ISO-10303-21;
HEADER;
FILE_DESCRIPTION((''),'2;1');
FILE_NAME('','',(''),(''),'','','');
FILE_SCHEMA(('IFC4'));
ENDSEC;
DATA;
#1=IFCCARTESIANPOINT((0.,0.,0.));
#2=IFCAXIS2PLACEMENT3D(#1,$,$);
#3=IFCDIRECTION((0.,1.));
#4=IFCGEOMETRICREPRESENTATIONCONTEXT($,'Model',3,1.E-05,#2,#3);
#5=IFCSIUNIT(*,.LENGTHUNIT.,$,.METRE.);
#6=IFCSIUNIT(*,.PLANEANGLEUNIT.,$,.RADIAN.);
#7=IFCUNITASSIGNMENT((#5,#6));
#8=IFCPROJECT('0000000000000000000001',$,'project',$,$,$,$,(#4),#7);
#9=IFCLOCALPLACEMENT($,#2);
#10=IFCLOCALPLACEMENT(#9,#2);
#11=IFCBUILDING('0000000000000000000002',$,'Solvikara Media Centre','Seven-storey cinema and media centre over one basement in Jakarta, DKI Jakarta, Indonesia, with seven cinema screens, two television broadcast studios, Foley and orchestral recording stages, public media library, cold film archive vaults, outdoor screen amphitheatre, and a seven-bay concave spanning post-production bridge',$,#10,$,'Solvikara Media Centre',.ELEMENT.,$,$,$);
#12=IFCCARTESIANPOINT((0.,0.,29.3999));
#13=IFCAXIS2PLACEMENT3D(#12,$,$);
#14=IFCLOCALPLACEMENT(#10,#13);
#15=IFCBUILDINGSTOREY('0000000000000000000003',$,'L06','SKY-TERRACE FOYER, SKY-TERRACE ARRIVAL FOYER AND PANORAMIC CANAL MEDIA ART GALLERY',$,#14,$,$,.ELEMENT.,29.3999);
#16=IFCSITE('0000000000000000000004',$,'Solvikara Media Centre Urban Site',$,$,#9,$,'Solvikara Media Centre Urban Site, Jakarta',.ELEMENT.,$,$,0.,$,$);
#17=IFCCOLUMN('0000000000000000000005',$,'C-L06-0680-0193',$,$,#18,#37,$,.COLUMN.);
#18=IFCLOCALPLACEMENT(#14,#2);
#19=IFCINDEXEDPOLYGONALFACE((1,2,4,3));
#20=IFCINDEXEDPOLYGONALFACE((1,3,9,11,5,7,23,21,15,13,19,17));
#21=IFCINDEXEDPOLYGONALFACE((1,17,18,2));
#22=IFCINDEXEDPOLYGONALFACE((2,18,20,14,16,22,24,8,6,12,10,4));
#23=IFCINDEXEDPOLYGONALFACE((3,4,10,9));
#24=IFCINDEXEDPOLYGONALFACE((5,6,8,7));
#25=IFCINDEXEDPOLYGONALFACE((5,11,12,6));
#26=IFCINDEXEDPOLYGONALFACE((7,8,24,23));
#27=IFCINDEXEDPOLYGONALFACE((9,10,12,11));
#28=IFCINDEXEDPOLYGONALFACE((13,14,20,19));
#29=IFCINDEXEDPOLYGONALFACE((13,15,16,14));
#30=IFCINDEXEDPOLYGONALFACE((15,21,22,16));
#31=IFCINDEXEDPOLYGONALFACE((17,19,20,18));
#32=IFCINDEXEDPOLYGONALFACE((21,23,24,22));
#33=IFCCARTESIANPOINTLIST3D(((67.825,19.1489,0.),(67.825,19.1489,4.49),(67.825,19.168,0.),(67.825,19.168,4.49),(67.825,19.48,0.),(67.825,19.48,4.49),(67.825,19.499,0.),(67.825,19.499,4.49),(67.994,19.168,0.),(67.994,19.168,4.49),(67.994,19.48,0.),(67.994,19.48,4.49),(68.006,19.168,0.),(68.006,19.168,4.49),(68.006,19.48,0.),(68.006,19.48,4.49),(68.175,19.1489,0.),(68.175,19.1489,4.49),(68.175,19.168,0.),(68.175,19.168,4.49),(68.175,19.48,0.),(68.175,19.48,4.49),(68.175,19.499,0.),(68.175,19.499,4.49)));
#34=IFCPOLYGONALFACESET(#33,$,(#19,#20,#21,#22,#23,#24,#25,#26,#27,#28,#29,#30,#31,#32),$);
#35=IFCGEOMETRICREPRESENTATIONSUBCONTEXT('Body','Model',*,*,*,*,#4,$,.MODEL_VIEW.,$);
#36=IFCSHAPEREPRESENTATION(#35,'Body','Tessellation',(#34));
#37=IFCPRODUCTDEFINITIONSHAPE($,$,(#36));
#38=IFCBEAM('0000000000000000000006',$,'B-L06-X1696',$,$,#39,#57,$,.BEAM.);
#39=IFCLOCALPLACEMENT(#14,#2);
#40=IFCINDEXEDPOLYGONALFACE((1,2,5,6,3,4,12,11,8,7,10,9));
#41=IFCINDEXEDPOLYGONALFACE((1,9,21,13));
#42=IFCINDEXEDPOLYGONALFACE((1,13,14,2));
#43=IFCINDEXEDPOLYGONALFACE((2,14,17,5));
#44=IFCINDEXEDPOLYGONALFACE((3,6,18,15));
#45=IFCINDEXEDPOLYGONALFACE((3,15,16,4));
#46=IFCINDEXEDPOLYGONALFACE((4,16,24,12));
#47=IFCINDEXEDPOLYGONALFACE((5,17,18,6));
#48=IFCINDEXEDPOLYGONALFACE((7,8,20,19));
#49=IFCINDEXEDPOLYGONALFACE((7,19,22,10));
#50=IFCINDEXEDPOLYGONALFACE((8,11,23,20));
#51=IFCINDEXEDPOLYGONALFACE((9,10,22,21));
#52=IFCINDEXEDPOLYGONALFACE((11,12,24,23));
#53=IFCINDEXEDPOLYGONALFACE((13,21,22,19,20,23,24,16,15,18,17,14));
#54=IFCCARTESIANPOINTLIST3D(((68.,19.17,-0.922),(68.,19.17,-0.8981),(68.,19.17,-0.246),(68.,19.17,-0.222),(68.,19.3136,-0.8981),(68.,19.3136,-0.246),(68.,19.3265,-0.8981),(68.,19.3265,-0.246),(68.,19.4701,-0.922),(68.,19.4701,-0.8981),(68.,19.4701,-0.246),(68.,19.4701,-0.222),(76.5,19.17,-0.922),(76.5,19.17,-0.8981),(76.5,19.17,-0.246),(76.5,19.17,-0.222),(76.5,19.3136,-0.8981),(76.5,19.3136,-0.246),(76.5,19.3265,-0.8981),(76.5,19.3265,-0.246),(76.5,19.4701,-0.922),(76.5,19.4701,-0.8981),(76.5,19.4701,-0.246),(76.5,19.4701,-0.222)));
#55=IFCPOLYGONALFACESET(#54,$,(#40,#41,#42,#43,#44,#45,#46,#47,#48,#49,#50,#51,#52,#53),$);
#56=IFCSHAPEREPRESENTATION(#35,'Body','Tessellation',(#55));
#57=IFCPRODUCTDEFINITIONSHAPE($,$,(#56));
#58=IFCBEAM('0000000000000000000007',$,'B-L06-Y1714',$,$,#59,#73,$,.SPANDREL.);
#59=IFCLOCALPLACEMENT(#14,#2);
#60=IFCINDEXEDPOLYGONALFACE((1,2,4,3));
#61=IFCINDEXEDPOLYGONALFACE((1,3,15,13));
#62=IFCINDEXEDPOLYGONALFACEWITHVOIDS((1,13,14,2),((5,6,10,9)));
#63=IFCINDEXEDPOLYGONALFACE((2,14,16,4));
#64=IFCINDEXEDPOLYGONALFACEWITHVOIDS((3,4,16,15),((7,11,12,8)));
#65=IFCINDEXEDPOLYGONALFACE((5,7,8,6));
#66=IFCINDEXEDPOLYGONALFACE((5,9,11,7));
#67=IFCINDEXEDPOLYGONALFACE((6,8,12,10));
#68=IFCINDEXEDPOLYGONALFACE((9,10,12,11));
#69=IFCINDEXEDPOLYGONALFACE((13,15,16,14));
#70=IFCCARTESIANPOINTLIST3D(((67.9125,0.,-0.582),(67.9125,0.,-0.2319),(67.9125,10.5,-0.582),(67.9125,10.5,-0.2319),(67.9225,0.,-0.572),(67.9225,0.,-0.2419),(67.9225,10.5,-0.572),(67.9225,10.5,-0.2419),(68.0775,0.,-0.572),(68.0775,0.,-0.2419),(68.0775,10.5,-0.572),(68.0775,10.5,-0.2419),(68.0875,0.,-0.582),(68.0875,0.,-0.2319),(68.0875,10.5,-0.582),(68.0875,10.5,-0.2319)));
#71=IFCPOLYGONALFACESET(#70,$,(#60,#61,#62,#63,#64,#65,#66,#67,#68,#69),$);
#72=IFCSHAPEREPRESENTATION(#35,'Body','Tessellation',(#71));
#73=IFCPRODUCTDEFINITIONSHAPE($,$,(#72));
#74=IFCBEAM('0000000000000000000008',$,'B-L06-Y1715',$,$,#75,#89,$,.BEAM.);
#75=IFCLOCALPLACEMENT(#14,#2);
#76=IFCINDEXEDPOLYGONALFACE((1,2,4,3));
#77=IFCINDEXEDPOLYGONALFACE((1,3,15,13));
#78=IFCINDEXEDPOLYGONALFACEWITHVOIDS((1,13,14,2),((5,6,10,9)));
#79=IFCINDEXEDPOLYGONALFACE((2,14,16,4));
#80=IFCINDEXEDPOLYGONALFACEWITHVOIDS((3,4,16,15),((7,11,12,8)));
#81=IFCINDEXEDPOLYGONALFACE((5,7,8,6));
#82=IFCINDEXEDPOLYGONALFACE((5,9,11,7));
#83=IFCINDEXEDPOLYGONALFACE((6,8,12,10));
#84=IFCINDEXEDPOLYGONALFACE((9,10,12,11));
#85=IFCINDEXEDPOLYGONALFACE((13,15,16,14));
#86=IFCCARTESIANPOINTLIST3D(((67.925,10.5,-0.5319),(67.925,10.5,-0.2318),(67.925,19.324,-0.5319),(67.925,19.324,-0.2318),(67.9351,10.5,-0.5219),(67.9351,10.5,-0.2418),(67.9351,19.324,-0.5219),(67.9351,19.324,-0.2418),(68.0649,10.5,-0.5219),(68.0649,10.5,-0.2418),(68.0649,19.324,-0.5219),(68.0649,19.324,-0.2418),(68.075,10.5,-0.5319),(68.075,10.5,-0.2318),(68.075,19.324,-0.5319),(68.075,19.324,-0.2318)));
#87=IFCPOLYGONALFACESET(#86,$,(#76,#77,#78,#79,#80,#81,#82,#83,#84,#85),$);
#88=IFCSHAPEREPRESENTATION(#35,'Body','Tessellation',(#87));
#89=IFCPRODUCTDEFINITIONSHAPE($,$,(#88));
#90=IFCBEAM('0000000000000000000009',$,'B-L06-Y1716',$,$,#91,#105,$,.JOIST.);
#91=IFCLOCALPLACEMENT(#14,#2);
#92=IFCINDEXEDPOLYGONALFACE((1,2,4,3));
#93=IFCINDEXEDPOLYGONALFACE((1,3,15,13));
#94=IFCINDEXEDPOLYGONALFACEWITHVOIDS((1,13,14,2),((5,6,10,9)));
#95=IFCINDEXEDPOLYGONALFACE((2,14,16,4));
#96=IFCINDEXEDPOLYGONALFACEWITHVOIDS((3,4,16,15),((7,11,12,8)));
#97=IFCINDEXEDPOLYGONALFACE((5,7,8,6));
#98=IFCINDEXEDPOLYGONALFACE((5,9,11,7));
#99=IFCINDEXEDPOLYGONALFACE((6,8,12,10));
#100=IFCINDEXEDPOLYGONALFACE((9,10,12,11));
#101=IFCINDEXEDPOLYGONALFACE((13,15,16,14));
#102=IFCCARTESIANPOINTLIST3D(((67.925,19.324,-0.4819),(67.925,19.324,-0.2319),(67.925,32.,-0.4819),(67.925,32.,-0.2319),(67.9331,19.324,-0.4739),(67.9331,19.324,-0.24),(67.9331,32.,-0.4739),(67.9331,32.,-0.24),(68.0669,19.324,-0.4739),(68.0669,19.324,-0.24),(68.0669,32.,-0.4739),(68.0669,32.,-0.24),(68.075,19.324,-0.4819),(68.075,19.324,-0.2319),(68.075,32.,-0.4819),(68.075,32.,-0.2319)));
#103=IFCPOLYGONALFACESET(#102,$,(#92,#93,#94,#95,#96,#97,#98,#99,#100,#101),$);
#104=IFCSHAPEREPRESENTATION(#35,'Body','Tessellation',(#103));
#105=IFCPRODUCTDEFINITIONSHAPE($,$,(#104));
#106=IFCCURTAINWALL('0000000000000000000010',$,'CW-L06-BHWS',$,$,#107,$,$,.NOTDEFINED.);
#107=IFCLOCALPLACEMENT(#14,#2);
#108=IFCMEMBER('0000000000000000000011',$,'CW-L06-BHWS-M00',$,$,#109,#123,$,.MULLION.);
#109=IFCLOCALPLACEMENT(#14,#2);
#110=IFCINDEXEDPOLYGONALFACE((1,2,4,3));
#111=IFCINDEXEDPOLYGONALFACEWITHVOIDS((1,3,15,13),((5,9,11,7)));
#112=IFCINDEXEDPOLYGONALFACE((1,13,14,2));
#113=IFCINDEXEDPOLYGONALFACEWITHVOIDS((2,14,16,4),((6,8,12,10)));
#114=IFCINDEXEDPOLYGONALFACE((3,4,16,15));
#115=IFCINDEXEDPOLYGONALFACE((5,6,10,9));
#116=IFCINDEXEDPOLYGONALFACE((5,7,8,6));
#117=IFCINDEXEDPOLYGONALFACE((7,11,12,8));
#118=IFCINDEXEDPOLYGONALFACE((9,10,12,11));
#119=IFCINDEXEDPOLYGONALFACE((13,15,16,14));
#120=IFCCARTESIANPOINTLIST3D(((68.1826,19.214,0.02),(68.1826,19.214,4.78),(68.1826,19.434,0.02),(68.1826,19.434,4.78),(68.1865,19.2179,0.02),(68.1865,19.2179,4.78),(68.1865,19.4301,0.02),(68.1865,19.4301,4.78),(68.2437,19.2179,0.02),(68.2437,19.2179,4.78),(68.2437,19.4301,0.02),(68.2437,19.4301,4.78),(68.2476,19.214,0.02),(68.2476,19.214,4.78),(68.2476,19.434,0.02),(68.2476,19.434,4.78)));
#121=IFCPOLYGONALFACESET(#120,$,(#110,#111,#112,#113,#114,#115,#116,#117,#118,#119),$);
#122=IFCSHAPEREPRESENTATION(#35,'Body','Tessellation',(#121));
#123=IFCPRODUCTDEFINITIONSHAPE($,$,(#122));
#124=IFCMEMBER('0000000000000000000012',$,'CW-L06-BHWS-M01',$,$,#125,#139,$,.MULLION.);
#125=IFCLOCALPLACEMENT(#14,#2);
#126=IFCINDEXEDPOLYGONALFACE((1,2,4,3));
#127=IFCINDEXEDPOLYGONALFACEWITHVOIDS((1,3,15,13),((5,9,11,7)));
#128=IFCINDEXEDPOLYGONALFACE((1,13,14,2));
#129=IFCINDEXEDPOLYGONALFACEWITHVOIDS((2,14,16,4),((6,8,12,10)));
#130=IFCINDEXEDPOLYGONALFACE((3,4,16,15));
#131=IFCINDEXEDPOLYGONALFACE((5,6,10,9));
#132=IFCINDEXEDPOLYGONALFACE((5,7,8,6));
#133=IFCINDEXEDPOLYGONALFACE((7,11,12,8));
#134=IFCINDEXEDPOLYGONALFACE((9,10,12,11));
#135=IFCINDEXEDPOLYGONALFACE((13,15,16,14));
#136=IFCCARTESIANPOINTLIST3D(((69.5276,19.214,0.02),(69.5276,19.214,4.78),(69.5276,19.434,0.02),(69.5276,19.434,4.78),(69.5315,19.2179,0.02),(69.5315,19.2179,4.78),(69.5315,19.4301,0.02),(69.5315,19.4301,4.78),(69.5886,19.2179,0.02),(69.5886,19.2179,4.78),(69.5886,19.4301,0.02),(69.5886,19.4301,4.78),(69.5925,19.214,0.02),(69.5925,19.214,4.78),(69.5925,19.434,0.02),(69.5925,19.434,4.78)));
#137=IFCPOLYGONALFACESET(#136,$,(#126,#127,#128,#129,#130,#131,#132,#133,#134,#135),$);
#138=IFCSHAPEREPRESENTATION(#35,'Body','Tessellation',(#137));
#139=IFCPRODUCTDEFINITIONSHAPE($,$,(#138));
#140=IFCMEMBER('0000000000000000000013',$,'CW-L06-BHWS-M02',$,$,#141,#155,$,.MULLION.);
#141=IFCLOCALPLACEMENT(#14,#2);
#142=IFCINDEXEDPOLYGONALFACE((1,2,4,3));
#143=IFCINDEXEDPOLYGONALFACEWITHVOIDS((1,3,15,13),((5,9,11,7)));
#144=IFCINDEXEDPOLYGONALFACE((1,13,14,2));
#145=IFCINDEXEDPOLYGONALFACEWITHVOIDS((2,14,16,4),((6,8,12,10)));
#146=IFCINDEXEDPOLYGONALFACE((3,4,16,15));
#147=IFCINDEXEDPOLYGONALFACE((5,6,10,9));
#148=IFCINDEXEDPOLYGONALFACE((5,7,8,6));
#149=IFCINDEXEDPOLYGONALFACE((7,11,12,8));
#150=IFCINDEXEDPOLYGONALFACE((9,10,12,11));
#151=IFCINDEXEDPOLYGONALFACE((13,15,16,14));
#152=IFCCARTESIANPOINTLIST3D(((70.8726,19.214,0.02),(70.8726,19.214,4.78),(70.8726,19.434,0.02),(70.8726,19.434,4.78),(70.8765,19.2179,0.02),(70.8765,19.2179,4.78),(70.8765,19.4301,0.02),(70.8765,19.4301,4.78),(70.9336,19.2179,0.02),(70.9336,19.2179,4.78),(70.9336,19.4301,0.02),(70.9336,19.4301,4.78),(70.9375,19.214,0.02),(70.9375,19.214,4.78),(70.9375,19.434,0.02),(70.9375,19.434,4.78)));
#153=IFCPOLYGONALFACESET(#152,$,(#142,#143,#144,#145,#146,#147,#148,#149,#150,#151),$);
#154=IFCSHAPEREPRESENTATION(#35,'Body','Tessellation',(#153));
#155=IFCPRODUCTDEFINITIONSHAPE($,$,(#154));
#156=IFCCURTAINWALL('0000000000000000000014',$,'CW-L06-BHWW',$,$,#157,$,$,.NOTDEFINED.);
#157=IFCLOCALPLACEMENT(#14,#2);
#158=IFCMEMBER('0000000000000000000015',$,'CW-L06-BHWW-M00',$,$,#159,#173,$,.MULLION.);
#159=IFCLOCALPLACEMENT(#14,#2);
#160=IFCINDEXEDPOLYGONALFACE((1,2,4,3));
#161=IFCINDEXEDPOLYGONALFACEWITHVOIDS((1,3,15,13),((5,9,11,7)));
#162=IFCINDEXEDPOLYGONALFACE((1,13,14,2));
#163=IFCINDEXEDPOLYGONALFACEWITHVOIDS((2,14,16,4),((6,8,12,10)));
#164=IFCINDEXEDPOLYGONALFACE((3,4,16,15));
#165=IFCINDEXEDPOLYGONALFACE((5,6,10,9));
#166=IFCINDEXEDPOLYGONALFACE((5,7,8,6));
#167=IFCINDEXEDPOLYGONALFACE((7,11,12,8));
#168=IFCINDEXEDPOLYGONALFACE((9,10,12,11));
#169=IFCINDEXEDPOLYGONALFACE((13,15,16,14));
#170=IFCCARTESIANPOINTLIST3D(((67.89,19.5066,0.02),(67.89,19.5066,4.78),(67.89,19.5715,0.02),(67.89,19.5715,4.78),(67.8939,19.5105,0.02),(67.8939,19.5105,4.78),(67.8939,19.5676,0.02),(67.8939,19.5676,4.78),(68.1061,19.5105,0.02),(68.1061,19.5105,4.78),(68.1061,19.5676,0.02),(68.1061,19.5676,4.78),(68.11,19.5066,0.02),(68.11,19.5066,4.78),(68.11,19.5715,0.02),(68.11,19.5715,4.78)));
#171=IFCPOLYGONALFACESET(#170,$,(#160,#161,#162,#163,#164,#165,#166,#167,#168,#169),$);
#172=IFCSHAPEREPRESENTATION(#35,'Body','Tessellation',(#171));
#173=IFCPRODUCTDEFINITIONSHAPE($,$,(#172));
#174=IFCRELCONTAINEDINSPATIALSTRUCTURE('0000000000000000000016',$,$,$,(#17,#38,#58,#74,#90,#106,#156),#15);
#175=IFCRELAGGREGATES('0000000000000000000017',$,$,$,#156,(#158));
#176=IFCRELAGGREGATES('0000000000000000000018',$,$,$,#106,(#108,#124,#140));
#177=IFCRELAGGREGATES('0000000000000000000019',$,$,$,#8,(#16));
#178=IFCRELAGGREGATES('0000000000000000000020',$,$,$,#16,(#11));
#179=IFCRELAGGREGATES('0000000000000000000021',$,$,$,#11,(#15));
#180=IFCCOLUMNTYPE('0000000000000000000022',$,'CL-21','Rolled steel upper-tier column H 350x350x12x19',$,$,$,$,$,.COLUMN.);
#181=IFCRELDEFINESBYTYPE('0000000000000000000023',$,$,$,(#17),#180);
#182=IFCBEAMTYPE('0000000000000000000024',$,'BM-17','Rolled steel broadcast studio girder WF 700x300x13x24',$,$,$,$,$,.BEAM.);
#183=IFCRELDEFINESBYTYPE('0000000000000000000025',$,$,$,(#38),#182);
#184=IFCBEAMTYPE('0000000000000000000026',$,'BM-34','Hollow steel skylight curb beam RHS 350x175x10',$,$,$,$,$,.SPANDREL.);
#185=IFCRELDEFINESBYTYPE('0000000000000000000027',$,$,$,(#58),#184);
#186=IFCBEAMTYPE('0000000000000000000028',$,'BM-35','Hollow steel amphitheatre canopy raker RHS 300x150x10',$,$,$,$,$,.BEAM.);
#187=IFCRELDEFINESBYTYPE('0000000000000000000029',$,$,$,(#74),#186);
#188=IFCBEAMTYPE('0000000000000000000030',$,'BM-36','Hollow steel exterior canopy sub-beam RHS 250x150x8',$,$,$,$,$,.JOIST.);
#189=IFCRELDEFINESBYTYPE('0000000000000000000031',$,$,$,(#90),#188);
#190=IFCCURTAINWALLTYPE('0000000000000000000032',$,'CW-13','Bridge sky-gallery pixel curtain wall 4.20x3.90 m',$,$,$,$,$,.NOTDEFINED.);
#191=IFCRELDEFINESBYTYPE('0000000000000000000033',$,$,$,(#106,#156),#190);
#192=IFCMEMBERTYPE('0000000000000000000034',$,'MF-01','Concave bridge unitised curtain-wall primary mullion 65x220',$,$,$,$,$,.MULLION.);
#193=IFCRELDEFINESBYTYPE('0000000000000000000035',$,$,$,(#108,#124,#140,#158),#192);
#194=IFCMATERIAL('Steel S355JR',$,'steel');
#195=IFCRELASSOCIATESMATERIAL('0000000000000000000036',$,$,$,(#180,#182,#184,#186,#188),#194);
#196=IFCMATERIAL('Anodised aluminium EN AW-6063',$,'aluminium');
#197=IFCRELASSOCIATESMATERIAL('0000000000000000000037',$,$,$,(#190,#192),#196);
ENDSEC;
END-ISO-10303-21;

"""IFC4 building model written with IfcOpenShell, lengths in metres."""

from ifc_helpers import new_model, si_unit, direction, frame, origin, origin_2d, place, context, subcontext, project, spatial, hollow_rectangle, i_section, extrude, material, material_profile, profile_set, type_object, element, aggregate, save


model = new_model("IFC4")

# Units and contexts
model_context = context("Model", 3, precision=1e-05, world=origin(), true_north=direction((0.0, 1.0)))
body_context = subcontext(model_context, "Body", "Model", "MODEL_VIEW")
ifc_project = project(units=[si_unit("LENGTHUNIT", "METRE"), si_unit("PLANEANGLEUNIT", "RADIAN")], contexts=[model_context])

# Site, building, storey
site_placement = place(None, origin())
site = spatial("IfcSite", under=ifc_project, at=site_placement, Name="Solvikara Media Centre Urban Site", LongName="Solvikara Media Centre Urban Site, Jakarta", CompositionType="ELEMENT", RefElevation=0.0)
building_placement = place(site_placement, origin())
building = spatial("IfcBuilding", under=site, at=building_placement, Name="Solvikara Media Centre", Description="Seven-storey cinema and media centre over one basement in Jakarta, DKI Jakarta, Indonesia, with seven cinema screens, two television broadcast studios, Foley and orchestral recording stages, public media library, cold film archive vaults, outdoor screen amphitheatre, and a seven-bay concave spanning post-production bridge", LongName="Solvikara Media Centre", CompositionType="ELEMENT")
storey_placement = place(building_placement, frame((0.0, 0.0, 29.3999)))
storey = spatial("IfcBuildingStorey", under=building, at=storey_placement, Name="L06", Description="SKY-TERRACE FOYER, SKY-TERRACE ARRIVAL FOYER AND PANORAMIC CANAL MEDIA ART GALLERY", CompositionType="ELEMENT", Elevation=29.3999)

# Column
ifc_material_1 = material(Name="Steel S355JR", Category="steel")
ifc_material_profile_1 = material_profile(ifc_material_1, i_section(OverallWidth=0.3501, OverallDepth=0.3501, WebThickness=0.012, FlangeThickness=0.019, at=origin_2d()), Name="H 350x350x12x19")
ifc_profile_set_1 = profile_set([ifc_material_profile_1], Name="Steel S355JR")
column_type = type_object("IfcColumnType", Name="CL-21", Description="Rolled steel upper-tier column H 350x350x12x19", PredefinedType="COLUMN", material=ifc_profile_set_1)
column_placement = place(storey_placement, frame((68.0, 19.324, 0.0), z_axis=(0.0, 0.0, 1.0), x_axis=(1.0, 0.0, 0.0)))
element("IfcColumn", 1, at=column_placement, inside=storey, type_object=column_type, Name="C-L06-0680-0193", PredefinedType="COLUMN", context=body_context, shape_type="SweptSolid", body=[
    extrude(i_section(OverallWidth=0.3501, OverallDepth=0.3501, WebThickness=0.012, FlangeThickness=0.019, at=origin_2d()), origin(), (0.0, 0.0, 1.0), 4.49),
])

# Beams
ifc_material_profile_2 = material_profile(ifc_material_1, i_section(OverallWidth=0.3, OverallDepth=0.7, WebThickness=0.0129, FlangeThickness=0.0239, at=origin_2d()), Name="WF 700x300x13x24")
ifc_profile_set_2 = profile_set([ifc_material_profile_2], Name="Steel S355JR")
beam_type_1 = type_object("IfcBeamType", Name="BM-17", Description="Rolled steel broadcast studio girder WF 700x300x13x24", PredefinedType="BEAM", material=ifc_profile_set_2)
beam_1_placement = place(storey_placement, frame((68.0, 19.3201, -0.572), z_axis=(1.0, 0.0, 0.0), x_axis=(0.0, 1.0, 0.0)))
element("IfcBeam", 2, at=beam_1_placement, inside=storey, type_object=beam_type_1, Name="B-L06-X1696", PredefinedType="BEAM", context=body_context, shape_type="SweptSolid", body=[
    extrude(i_section(OverallWidth=0.3, OverallDepth=0.7, WebThickness=0.0129, FlangeThickness=0.0239, at=origin_2d()), origin(), (0.0, 0.0, 1.0), 8.5),
])
ifc_material_profile_3 = material_profile(ifc_material_1, hollow_rectangle(XDim=0.175, YDim=0.3501, WallThickness=0.01, at=origin_2d()), Name="RHS 350x175x10")
ifc_profile_set_3 = profile_set([ifc_material_profile_3], Name="Steel S355JR")
beam_type_2 = type_object("IfcBeamType", Name="BM-34", Description="Hollow steel skylight curb beam RHS 350x175x10", PredefinedType="SPANDREL", material=ifc_profile_set_3)
beam_2_placement = place(storey_placement, frame((68.0, 0.0, -0.407), z_axis=(0.0, 1.0, 0.0), x_axis=(-1.0, 0.0, 0.0)))
element("IfcBeam", 3, at=beam_2_placement, inside=storey, type_object=beam_type_2, Name="B-L06-Y1714", PredefinedType="SPANDREL", context=body_context, shape_type="SweptSolid", body=[
    extrude(hollow_rectangle(XDim=0.175, YDim=0.3501, WallThickness=0.01, at=origin_2d()), origin(), (0.0, 0.0, 1.0), 10.5),
])
ifc_material_profile_4 = material_profile(ifc_material_1, hollow_rectangle(XDim=0.1499, YDim=0.3, WallThickness=0.01, at=origin_2d()), Name="RHS 300x150x10")
ifc_profile_set_4 = profile_set([ifc_material_profile_4], Name="Steel S355JR")
beam_type_3 = type_object("IfcBeamType", Name="BM-35", Description="Hollow steel amphitheatre canopy raker RHS 300x150x10", PredefinedType="BEAM", material=ifc_profile_set_4)
beam_3_placement = place(storey_placement, frame((68.0, 10.5, -0.3818), z_axis=(0.0, 1.0, 0.0), x_axis=(-1.0, 0.0, 0.0)))
element("IfcBeam", 4, at=beam_3_placement, inside=storey, type_object=beam_type_3, Name="B-L06-Y1715", PredefinedType="BEAM", context=body_context, shape_type="SweptSolid", body=[
    extrude(hollow_rectangle(XDim=0.1499, YDim=0.3, WallThickness=0.01, at=origin_2d()), origin(), (0.0, 0.0, 1.0), 8.824),
])
ifc_material_profile_5 = material_profile(ifc_material_1, hollow_rectangle(XDim=0.1499, YDim=0.25, WallThickness=0.0081, at=origin_2d()), Name="RHS 250x150x8")
ifc_profile_set_5 = profile_set([ifc_material_profile_5], Name="Steel S355JR")
beam_type_4 = type_object("IfcBeamType", Name="BM-36", Description="Hollow steel exterior canopy sub-beam RHS 250x150x8", PredefinedType="JOIST", material=ifc_profile_set_5)
beam_4_placement = place(storey_placement, frame((68.0, 19.324, -0.3569), z_axis=(0.0, 1.0, 0.0), x_axis=(-1.0, 0.0, 0.0)))
element("IfcBeam", 5, at=beam_4_placement, inside=storey, type_object=beam_type_4, Name="B-L06-Y1716", PredefinedType="JOIST", context=body_context, shape_type="SweptSolid", body=[
    extrude(hollow_rectangle(XDim=0.1499, YDim=0.25, WallThickness=0.0081, at=origin_2d()), origin(), (0.0, 0.0, 1.0), 12.676),
])

# Curtain wall, members
ifc_material_2 = material(Name="Anodised aluminium EN AW-6063", Category="aluminium")
curtain_wall_type = type_object("IfcCurtainWallType", Name="CW-13", Description="Bridge sky-gallery pixel curtain wall 4.20x3.90 m", PredefinedType="NOTDEFINED", material=ifc_material_2)
curtain_wall_1_placement = place(storey_placement, origin())
curtain_wall_1 = element("IfcCurtainWall", 6, at=curtain_wall_1_placement, inside=storey, type_object=curtain_wall_type, Name="CW-L06-BHWS", PredefinedType="NOTDEFINED")
ifc_material_profile_6 = material_profile(ifc_material_2, hollow_rectangle(XDim=0.0649, YDim=0.22, WallThickness=0.0039, at=origin_2d()), Name="ALU-M 65x220x4")
ifc_profile_set_6 = profile_set([ifc_material_profile_6], Name="Anodised aluminium EN AW-6063")
member_type_1 = type_object("IfcMemberType", Name="MF-01", Description="Concave bridge unitised curtain-wall primary mullion 65x220", PredefinedType="MULLION", material=ifc_profile_set_6)
member_1_placement = place(storey_placement, frame((68.2151, 19.324, 0.02), z_axis=(0.0, 0.0, 1.0), x_axis=(1.0, 0.0, 0.0)))
member_1 = element("IfcMember", 7, at=member_1_placement, type_object=member_type_1, Name="CW-L06-BHWS-M00", PredefinedType="MULLION", context=body_context, shape_type="SweptSolid", body=[
    extrude(hollow_rectangle(XDim=0.0649, YDim=0.22, WallThickness=0.0039, at=origin_2d()), origin(), (0.0, 0.0, 1.0), 4.76),
])
member_2_placement = place(storey_placement, frame((69.5601, 19.324, 0.02), z_axis=(0.0, 0.0, 1.0), x_axis=(1.0, 0.0, 0.0)))
member_2 = element("IfcMember", 8, at=member_2_placement, type_object=member_type_1, Name="CW-L06-BHWS-M01", PredefinedType="MULLION", context=body_context, shape_type="SweptSolid", body=[
    extrude(hollow_rectangle(XDim=0.0649, YDim=0.22, WallThickness=0.0039, at=origin_2d()), origin(), (0.0, 0.0, 1.0), 4.76),
])
member_3_placement = place(storey_placement, frame((70.905, 19.324, 0.02), z_axis=(0.0, 0.0, 1.0), x_axis=(1.0, 0.0, 0.0)))
member_3 = element("IfcMember", 9, at=member_3_placement, type_object=member_type_1, Name="CW-L06-BHWS-M02", PredefinedType="MULLION", context=body_context, shape_type="SweptSolid", body=[
    extrude(hollow_rectangle(XDim=0.0649, YDim=0.22, WallThickness=0.0039, at=origin_2d()), origin(), (0.0, 0.0, 1.0), 4.76),
])

# Curtain wall, member
curtain_wall_2_placement = place(storey_placement, origin())
curtain_wall_2 = element("IfcCurtainWall", 10, at=curtain_wall_2_placement, inside=storey, type_object=curtain_wall_type, Name="CW-L06-BHWW", PredefinedType="NOTDEFINED")
member_4_placement = place(storey_placement, frame((68.0, 19.5391, 0.02), z_axis=(0.0, 0.0, 1.0), x_axis=(0.0, 1.0, 0.0)))
member_4 = element("IfcMember", 11, at=member_4_placement, type_object=member_type_1, Name="CW-L06-BHWW-M00", PredefinedType="MULLION", context=body_context, shape_type="SweptSolid", body=[
    extrude(hollow_rectangle(XDim=0.0649, YDim=0.22, WallThickness=0.0039, at=origin_2d()), origin(), (0.0, 0.0, 1.0), 4.76),
])

aggregate(curtain_wall_2, [member_4])
aggregate(curtain_wall_1, [member_1, member_2, member_3])

save(model, "model.ifc")
